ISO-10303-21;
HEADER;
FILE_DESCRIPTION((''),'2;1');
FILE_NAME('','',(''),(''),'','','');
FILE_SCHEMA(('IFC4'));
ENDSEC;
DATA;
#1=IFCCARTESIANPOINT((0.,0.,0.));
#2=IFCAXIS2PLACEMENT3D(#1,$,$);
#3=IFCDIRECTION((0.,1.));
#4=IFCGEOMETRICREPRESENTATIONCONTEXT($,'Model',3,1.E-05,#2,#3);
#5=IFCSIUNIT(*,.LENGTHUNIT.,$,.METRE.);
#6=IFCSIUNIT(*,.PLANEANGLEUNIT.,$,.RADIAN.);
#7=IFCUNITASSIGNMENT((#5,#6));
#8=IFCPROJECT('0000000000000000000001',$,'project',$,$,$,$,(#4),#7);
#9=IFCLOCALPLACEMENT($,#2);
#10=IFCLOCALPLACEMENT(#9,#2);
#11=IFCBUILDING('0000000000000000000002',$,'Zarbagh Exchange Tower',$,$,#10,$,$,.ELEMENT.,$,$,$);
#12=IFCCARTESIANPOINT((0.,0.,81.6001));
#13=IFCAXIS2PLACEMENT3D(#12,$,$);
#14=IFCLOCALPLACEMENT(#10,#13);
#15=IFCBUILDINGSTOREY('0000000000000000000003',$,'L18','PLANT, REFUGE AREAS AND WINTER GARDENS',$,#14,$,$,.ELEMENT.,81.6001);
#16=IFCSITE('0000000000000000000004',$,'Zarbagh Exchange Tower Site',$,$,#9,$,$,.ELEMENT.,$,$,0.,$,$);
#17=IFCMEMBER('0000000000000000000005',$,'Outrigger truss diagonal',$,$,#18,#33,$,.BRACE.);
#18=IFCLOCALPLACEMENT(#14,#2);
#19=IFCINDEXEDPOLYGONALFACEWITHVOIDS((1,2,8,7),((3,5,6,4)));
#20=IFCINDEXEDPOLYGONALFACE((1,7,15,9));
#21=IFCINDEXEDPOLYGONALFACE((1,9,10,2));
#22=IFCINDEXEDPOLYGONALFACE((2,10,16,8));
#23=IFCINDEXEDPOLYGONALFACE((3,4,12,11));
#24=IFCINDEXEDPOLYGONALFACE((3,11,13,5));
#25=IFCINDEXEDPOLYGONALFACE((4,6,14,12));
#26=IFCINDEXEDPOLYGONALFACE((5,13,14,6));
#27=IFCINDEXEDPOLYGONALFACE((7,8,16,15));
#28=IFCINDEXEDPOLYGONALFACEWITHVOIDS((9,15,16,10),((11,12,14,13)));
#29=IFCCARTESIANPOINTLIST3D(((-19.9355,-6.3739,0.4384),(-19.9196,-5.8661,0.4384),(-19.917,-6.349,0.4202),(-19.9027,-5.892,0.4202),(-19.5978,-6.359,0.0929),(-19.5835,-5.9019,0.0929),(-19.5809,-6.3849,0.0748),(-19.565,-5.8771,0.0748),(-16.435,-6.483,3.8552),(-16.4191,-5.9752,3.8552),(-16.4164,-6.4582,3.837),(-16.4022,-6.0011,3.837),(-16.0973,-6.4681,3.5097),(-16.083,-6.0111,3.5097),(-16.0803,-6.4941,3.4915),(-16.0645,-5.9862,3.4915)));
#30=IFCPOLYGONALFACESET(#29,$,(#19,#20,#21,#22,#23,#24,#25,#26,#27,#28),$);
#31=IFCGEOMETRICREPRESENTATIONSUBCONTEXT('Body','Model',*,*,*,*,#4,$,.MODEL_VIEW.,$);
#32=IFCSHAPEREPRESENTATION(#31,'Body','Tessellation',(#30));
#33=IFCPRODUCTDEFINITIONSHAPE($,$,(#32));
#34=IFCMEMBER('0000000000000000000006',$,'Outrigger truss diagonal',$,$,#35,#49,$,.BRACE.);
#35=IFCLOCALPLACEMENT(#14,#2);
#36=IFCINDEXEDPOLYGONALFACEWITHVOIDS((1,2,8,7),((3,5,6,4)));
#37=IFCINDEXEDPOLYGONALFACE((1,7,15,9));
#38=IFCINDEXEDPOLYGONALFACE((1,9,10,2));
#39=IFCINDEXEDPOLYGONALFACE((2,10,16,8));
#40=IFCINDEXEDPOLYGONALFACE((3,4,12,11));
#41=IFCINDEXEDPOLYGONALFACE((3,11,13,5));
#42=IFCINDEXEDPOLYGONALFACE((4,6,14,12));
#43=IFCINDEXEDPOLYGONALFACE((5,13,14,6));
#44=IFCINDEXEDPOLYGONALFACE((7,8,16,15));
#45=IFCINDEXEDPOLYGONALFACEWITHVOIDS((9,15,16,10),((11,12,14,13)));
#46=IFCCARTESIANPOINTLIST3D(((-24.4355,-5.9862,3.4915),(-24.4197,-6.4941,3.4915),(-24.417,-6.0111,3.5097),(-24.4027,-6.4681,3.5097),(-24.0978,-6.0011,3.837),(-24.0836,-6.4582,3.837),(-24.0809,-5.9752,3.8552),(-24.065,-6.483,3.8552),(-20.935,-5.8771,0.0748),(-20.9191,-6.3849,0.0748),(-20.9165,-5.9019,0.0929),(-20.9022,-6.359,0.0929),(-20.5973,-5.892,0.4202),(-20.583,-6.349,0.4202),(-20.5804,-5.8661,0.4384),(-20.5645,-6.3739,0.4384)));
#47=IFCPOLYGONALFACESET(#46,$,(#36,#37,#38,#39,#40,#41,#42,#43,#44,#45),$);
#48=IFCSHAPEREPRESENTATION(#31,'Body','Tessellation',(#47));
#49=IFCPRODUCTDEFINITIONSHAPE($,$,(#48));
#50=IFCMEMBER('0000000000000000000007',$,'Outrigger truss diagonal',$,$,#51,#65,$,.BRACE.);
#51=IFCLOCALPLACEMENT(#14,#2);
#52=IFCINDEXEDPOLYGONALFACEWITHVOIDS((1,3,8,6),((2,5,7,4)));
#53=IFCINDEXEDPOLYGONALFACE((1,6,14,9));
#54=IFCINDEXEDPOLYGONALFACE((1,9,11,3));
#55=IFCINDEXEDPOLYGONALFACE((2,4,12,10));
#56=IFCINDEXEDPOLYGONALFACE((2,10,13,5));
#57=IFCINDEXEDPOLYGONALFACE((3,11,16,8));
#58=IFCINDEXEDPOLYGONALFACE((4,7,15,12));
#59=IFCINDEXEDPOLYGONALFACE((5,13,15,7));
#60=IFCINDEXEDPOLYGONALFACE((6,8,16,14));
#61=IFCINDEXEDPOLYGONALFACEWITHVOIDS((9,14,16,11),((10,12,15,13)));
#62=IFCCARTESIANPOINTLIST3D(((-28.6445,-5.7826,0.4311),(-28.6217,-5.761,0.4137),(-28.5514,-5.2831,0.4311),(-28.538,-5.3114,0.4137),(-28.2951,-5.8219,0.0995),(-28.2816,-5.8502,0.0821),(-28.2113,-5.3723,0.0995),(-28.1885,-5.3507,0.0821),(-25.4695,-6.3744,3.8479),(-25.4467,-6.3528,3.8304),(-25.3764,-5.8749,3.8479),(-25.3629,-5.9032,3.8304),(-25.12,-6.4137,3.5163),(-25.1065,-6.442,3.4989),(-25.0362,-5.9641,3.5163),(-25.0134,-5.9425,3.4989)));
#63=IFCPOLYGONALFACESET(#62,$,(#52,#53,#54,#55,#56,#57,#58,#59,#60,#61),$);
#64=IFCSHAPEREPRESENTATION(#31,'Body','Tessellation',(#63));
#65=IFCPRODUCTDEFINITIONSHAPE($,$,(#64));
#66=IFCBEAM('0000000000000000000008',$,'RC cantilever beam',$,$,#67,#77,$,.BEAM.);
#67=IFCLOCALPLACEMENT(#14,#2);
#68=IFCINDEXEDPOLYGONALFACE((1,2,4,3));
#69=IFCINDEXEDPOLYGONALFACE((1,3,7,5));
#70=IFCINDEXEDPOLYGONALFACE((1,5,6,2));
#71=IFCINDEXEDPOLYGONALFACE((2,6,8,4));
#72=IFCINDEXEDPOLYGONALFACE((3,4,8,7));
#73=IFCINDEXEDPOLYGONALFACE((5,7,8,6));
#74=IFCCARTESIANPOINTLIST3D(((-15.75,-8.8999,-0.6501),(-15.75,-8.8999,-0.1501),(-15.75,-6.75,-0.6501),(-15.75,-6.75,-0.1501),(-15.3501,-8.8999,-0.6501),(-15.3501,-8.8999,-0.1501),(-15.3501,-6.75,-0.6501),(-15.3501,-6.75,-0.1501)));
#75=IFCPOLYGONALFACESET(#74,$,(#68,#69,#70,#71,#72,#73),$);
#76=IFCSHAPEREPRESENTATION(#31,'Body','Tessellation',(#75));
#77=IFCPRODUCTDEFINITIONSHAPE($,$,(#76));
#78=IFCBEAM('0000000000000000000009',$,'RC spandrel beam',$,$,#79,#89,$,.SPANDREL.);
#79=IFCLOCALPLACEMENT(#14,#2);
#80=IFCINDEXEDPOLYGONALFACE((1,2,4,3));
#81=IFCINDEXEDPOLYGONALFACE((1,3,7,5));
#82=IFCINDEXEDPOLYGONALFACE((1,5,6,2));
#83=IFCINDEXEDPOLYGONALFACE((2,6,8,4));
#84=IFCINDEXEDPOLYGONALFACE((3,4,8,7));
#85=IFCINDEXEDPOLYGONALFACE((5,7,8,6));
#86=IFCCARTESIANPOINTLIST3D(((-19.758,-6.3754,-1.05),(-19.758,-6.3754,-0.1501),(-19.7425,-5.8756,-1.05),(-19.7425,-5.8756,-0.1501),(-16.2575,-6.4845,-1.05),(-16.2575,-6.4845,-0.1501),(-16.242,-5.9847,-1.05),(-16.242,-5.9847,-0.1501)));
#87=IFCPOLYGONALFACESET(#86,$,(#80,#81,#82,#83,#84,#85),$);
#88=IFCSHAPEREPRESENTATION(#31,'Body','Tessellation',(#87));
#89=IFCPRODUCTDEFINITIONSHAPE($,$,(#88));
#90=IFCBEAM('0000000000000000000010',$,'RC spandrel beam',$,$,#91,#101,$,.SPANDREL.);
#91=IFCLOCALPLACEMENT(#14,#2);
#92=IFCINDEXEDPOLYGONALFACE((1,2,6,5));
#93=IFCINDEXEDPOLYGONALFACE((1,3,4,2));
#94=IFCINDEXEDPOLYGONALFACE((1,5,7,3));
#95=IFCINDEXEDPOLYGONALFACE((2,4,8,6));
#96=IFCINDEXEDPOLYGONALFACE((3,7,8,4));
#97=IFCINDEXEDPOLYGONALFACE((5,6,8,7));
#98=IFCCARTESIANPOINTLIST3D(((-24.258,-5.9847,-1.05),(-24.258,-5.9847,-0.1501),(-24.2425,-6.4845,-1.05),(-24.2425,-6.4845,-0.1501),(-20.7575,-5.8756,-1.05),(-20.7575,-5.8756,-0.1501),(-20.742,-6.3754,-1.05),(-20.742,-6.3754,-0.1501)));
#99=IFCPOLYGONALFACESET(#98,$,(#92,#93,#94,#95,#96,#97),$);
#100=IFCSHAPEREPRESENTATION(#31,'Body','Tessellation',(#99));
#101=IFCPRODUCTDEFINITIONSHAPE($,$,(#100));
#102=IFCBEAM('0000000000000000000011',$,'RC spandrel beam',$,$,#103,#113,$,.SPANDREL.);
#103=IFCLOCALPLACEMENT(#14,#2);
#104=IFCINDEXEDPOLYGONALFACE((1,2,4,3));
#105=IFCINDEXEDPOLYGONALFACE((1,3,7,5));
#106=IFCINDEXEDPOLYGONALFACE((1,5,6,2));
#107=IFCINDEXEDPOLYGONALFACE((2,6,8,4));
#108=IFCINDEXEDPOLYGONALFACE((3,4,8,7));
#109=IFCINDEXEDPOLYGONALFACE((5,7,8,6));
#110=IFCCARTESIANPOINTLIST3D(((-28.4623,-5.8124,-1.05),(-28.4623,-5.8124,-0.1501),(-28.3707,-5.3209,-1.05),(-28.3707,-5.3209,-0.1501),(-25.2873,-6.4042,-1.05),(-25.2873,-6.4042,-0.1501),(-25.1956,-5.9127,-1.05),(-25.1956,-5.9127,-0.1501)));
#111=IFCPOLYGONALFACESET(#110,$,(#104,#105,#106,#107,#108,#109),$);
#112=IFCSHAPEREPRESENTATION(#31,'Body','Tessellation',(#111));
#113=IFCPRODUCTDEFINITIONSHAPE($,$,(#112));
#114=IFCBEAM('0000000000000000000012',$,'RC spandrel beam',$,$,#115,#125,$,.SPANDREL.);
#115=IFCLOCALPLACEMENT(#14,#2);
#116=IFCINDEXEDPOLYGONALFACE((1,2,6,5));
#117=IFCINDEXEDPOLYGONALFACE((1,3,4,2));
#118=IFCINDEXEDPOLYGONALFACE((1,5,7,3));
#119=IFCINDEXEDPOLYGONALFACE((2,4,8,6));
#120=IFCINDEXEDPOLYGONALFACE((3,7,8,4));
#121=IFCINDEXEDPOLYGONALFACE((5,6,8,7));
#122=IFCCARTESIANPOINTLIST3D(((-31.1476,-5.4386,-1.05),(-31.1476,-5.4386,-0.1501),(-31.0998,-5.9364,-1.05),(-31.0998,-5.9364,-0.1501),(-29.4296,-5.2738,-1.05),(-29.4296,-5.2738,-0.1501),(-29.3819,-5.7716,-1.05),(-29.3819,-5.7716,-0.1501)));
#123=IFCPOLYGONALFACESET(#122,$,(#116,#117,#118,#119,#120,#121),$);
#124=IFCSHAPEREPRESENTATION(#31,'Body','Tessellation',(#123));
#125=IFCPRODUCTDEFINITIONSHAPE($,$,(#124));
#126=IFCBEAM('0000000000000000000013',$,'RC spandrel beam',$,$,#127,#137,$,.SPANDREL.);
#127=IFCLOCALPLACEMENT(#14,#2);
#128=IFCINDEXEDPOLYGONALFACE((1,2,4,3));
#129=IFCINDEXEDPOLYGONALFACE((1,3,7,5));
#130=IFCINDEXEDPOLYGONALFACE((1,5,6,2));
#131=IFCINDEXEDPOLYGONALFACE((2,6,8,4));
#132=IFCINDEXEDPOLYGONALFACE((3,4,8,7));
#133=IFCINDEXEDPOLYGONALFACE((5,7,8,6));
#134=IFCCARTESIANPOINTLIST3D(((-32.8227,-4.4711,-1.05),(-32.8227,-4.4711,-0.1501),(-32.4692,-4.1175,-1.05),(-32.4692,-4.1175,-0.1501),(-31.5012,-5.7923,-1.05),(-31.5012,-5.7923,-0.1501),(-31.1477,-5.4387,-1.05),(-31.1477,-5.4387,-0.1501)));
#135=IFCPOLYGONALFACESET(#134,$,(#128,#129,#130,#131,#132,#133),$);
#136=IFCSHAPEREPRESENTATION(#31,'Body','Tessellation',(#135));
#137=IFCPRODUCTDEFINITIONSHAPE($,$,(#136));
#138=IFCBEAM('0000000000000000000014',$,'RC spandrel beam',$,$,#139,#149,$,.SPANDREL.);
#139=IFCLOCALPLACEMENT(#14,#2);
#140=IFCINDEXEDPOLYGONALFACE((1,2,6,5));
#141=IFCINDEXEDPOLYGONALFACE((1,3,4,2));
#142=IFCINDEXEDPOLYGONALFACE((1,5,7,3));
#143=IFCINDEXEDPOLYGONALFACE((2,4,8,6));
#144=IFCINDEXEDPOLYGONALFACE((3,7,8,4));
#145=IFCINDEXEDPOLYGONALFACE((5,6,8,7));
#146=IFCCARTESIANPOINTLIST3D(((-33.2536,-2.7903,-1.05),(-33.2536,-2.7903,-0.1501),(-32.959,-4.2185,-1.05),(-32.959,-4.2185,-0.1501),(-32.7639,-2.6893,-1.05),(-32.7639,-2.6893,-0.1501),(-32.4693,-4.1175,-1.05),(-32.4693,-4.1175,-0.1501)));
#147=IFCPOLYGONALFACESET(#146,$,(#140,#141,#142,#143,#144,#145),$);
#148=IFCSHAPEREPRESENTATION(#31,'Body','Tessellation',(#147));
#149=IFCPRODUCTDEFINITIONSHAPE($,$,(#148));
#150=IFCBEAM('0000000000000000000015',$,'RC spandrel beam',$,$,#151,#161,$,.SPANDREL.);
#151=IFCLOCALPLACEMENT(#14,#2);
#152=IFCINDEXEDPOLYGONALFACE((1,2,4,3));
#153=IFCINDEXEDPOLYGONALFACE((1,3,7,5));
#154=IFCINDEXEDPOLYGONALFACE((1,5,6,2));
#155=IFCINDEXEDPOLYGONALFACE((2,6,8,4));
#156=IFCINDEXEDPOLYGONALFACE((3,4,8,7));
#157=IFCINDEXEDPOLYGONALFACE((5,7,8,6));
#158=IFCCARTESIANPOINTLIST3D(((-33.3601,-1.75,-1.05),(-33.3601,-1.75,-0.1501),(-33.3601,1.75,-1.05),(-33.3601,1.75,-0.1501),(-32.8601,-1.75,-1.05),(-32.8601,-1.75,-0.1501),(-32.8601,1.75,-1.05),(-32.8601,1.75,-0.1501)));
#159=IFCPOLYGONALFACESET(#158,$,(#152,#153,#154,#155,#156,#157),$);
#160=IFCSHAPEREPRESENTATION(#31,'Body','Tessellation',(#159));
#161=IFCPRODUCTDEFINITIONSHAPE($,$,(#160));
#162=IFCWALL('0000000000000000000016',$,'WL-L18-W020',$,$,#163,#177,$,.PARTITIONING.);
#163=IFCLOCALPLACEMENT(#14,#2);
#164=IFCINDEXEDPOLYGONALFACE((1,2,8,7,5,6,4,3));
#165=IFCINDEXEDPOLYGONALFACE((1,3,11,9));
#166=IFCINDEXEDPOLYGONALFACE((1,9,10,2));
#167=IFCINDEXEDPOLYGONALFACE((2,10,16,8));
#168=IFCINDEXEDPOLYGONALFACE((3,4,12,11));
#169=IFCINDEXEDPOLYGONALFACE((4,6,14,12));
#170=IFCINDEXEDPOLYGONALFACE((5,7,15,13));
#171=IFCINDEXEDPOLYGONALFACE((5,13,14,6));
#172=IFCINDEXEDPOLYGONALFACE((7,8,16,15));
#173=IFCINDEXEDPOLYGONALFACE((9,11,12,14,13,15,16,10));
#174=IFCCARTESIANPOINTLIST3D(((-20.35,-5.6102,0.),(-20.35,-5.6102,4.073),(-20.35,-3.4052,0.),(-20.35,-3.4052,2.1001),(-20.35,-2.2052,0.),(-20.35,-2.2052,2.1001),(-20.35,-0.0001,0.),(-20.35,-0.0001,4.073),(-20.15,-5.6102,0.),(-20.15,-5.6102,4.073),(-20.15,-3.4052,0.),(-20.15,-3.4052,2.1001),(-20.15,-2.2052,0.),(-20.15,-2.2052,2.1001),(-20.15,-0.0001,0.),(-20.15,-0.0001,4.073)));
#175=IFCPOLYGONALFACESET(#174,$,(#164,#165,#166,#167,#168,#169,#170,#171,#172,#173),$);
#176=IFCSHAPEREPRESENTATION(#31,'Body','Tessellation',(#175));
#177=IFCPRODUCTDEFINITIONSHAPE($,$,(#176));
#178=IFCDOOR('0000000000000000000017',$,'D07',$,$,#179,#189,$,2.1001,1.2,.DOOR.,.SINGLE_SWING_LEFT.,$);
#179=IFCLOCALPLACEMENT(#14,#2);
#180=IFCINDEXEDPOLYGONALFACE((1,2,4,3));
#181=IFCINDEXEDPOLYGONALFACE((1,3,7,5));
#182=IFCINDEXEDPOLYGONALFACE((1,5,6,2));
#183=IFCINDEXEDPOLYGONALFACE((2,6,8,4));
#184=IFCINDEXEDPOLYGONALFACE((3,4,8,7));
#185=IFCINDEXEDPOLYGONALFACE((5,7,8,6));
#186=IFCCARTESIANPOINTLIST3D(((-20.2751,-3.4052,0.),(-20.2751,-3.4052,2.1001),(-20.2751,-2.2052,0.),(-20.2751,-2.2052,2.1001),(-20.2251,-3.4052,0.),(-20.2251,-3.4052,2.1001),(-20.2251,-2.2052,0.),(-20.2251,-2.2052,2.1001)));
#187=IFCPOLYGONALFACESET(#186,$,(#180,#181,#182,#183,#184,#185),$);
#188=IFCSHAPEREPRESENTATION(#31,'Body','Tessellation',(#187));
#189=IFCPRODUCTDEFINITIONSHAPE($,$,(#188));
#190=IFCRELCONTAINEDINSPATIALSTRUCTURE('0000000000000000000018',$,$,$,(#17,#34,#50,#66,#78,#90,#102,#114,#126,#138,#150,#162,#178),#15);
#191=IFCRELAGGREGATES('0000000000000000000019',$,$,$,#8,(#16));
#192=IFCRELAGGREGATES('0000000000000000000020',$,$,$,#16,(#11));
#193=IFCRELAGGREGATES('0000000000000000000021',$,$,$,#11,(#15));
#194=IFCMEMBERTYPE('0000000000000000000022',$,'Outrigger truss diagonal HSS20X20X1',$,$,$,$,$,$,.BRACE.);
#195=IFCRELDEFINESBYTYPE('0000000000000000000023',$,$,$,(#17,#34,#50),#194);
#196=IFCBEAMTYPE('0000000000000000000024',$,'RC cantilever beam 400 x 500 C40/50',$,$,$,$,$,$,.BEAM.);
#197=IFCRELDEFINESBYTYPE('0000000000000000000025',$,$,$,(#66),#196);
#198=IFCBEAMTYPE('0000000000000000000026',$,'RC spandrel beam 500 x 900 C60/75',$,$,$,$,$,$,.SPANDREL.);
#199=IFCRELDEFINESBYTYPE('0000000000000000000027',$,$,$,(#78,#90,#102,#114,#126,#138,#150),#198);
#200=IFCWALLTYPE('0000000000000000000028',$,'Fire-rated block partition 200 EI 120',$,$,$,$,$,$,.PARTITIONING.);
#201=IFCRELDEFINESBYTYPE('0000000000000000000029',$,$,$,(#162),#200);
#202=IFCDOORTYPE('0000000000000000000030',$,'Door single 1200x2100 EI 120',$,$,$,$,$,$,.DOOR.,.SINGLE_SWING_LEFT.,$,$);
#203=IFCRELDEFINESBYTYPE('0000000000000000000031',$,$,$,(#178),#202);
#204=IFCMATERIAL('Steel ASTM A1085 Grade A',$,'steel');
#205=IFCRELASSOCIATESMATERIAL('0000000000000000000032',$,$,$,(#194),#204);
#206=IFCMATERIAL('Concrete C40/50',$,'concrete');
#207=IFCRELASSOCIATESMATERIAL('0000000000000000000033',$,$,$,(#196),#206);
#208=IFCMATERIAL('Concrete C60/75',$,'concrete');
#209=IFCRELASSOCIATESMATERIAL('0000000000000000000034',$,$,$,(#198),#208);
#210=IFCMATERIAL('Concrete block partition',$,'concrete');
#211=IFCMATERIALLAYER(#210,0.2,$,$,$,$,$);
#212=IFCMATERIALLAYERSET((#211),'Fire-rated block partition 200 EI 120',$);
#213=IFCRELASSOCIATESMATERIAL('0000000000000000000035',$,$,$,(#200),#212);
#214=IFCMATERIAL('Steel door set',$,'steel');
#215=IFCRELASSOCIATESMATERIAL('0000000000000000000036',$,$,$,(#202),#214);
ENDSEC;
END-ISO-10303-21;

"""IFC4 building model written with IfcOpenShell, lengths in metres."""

from ifc_helpers import new_model, si_unit, direction, frame, frame_2d, origin, origin_2d, place, context, subcontext, project, spatial, rectangle, hollow_rectangle, extrude, material, layer, layer_set, material_profile, profile_set, type_object, element, fill, save


model = new_model("IFC4")

# Units and contexts
model_context = context("Model", 3, precision=1e-05, world=origin(), true_north=direction((0.0, 1.0)))
body_context = subcontext(model_context, "Body", "Model", "MODEL_VIEW")
ifc_project = project(units=[si_unit("LENGTHUNIT", "METRE"), si_unit("PLANEANGLEUNIT", "RADIAN")], contexts=[model_context])

# Site, building, storey
site_placement = place(None, origin())
site = spatial("IfcSite", under=ifc_project, at=site_placement, Name="Zarbagh Exchange Tower Site", CompositionType="ELEMENT", RefElevation=0.0)
building_placement = place(site_placement, origin())
building = spatial("IfcBuilding", under=site, at=building_placement, Name="Zarbagh Exchange Tower", CompositionType="ELEMENT")
storey_placement = place(building_placement, frame((0.0, 0.0, 81.6001)))
storey = spatial("IfcBuildingStorey", under=building, at=storey_placement, Name="L18", Description="PLANT, REFUGE AREAS AND WINTER GARDENS", CompositionType="ELEMENT", Elevation=81.6001)

# Shared definitions
ifc_material_1 = material(Name="Concrete C60/75", Category="concrete")

# Members
ifc_material_2 = material(Name="Steel ASTM A1085 Grade A", Category="steel")
ifc_material_profile_1 = material_profile(ifc_material_2, hollow_rectangle(XDim=0.5081, YDim=0.5081, WallThickness=0.0254, at=origin_2d()), Name="HSS20X20X1")
ifc_profile_set_1 = profile_set([ifc_material_profile_1], Name="Steel ASTM A1085 Grade A")
member_type_1 = type_object("IfcMemberType", Name="Outrigger truss diagonal HSS20X20X1", PredefinedType="BRACE", material=ifc_profile_set_1)
for number, where, z_axis, x_axis, name in (
    (1, (-19.7502, -6.1255, 0.2566), (0.715437, -0.022304, 0.698322), (0.031161, 0.999514, 0.0), "Outrigger truss diagonal"),
    (2, (-20.7498, -6.1255, 0.2566), (-0.715437, -0.022304, 0.698322), (0.031161, -0.999514, 0.0), "Outrigger truss diagonal"),
):
    element("IfcMember", number, at=place(storey_placement, frame(where, z_axis=z_axis, x_axis=x_axis)), inside=storey, type_object=member_type_1, Name=name, PredefinedType="BRACE", context=body_context, shape_type="SweptSolid", body=[
        extrude(hollow_rectangle(XDim=0.5081, YDim=0.5081, WallThickness=0.0254, at=origin_2d()), origin(), (0.0, 0.0, 1.0), 4.8928),
    ])
member_1_placement = place(storey_placement, frame((-28.4165, -5.5667, 0.2566), z_axis=(0.675308, -0.125871, 0.726716), x_axis=(0.183234, 0.983069, 0.0)))
element("IfcMember", 3, at=member_1_placement, inside=storey, type_object=member_type_1, Name="Outrigger truss diagonal", PredefinedType="BRACE", context=body_context, shape_type="SweptSolid", body=[
    extrude(hollow_rectangle(XDim=0.5081, YDim=0.5081, WallThickness=0.0254, at=origin_2d()), origin(), (0.0, 0.0, 1.0), 4.7017),
])

# Beams
ifc_material_3 = material(Name="Concrete C40/50", Category="concrete")
ifc_material_profile_2 = material_profile(ifc_material_3, rectangle(XDim=0.3999, YDim=0.5, at=origin_2d()), Name="RC cantilever beam 400 x 500 C40/50")
ifc_profile_set_2 = profile_set([ifc_material_profile_2], Name="Concrete C40/50")
beam_type_1 = type_object("IfcBeamType", Name="RC cantilever beam 400 x 500 C40/50", PredefinedType="BEAM", material=ifc_profile_set_2)
beam_1_placement = place(storey_placement, frame((-15.55, -6.75, -0.4001), z_axis=(0.0, -1.0, 0.0), x_axis=(1.0, 0.0, 0.0)))
element("IfcBeam", 4, at=beam_1_placement, inside=storey, type_object=beam_type_1, Name="RC cantilever beam", PredefinedType="BEAM", context=body_context, shape_type="SweptSolid", body=[
    extrude(rectangle(XDim=0.3999, YDim=0.5, at=origin_2d()), origin(), (0.0, 0.0, 1.0), 2.1499),
])
ifc_material_profile_3 = material_profile(ifc_material_1, rectangle(XDim=0.5, YDim=0.8999, at=origin_2d()), Name="RC spandrel beam 500 x 900 C60/75")
ifc_profile_set_3 = profile_set([ifc_material_profile_3], Name="Concrete C60/75")
beam_type_2 = type_object("IfcBeamType", Name="RC spandrel beam 500 x 900 C60/75", PredefinedType="SPANDREL", material=ifc_profile_set_3)
for number, where, z_axis, x_axis, name in (
    (5, (-16.2498, -6.2346, -0.6001), (-0.999514, 0.031161, 0.0), (-0.031161, -0.999514, 0.0), "RC spandrel beam"),
    (6, (-20.7498, -6.1255, -0.6001), (-0.999514, -0.031161, 0.0), (0.031161, -0.999514, 0.0), "RC spandrel beam"),
):
    element("IfcBeam", number, at=place(storey_placement, frame(where, z_axis=z_axis, x_axis=x_axis)), inside=storey, type_object=beam_type_2, Name=name, PredefinedType="SPANDREL", context=body_context, shape_type="SweptSolid", body=[
        extrude(rectangle(XDim=0.5, YDim=0.8999, at=origin_2d()), origin(), (0.0, 0.0, 1.0), 3.5022),
    ])
beam_2_placement = place(storey_placement, frame((-25.2415, -6.1584, -0.6001), z_axis=(-0.983069, 0.183234, 0.0), x_axis=(-0.183234, -0.983069, 0.0)))
element("IfcBeam", 7, at=beam_2_placement, inside=storey, type_object=beam_type_2, Name="RC spandrel beam", PredefinedType="SPANDREL", context=body_context, shape_type="SweptSolid", body=[
    extrude(rectangle(XDim=0.5, YDim=0.8999, at=origin_2d()), origin(), (0.0, 0.0, 1.0), 3.2297),
])
beam_3_placement = place(storey_placement, frame((-29.4058, -5.5227, -0.6001), z_axis=(-0.995431, -0.095483, 0.0), x_axis=(0.095483, -0.995431, 0.0)))
element("IfcBeam", 8, at=beam_3_placement, inside=storey, type_object=beam_type_2, Name="RC spandrel beam", PredefinedType="SPANDREL", context=body_context, shape_type="SweptSolid", body=[
    extrude(rectangle(XDim=0.5, YDim=0.8999, at=origin_2d()), origin(), (0.0, 0.0, 1.0), 1.7258),
])
beam_4_placement = place(storey_placement, frame((-31.3245, -5.6155, -0.6001), z_axis=(-0.707172, 0.707041, 0.0), x_axis=(-0.707041, -0.707172, 0.0)))
element("IfcBeam", 9, at=beam_4_placement, inside=storey, type_object=beam_type_2, Name="RC spandrel beam", PredefinedType="SPANDREL", context=body_context, shape_type="SweptSolid", body=[
    extrude(rectangle(XDim=0.5, YDim=0.8999, at=origin_2d()), origin(), (0.0, 0.0, 1.0), 1.8687),
])
beam_5_placement = place(storey_placement, frame((-32.7141, -4.168, -0.6001), z_axis=(-0.202069, 0.979371, 0.0), x_axis=(-0.979371, -0.202069, 0.0)))
element("IfcBeam", 10, at=beam_5_placement, inside=storey, type_object=beam_type_2, Name="RC spandrel beam", PredefinedType="SPANDREL", context=body_context, shape_type="SweptSolid", body=[
    extrude(rectangle(XDim=0.5, YDim=0.8999, at=origin_2d()), origin(), (0.0, 0.0, 1.0), 1.4583),
])
beam_6_placement = place(storey_placement, frame((-33.1101, -1.75, -0.6001), z_axis=(0.0, 1.0, 0.0), x_axis=(-1.0, 0.0, 0.0)))
element("IfcBeam", 11, at=beam_6_placement, inside=storey, type_object=beam_type_2, Name="RC spandrel beam", PredefinedType="SPANDREL", context=body_context, shape_type="SweptSolid", body=[
    extrude(rectangle(XDim=0.5, YDim=0.8999, at=origin_2d()), origin(), (0.0, 0.0, 1.0), 3.5),
])

# Wall, opening, door
ifc_material_4 = material(Name="Concrete block partition", Category="concrete")
ifc_layer_1 = layer(ifc_material_4, 0.2)
ifc_layer_set_1 = layer_set([ifc_layer_1], Name="Fire-rated block partition 200 EI 120")
wall_type_1 = type_object("IfcWallType", Name="Fire-rated block partition 200 EI 120", PredefinedType="PARTITIONING", material=ifc_layer_set_1)
wall_1_placement = place(storey_placement, frame((-20.25, 0.0, 0.0), z_axis=(0.0, 0.0, 1.0), x_axis=(0.0, -1.0, 0.0)))
wall_1 = element("IfcWall", 12, at=wall_1_placement, inside=storey, type_object=wall_type_1, Name="WL-L18-W020", PredefinedType="PARTITIONING", context=body_context, shape_type="SweptSolid", body=[
    extrude(rectangle(XDim=5.6101, YDim=0.2, at=frame_2d((2.8052, 0.0))), origin(), (0.0, 0.0, 1.0), 4.073),
])
opening_1_placement = place(wall_1_placement, frame((2.2051, 0.0, 0.0)))
opening_1 = element("IfcOpeningElement", 13, at=opening_1_placement, cuts=wall_1, PredefinedType="OPENING", context=body_context, shape_type="SweptSolid", body=[
    extrude(rectangle(XDim=1.2, YDim=2.1001, at=frame_2d((0.6001, 1.05))), frame((0.0, 0.1099, 0.0), z_axis=(0.0, -1.0, 0.0), x_axis=(1.0, 0.0, 0.0)), (0.0, 0.0, 1.0), 0.22),
])
ifc_material_5 = material(Name="Steel door set", Category="steel")
door_type_1 = type_object("IfcDoorType", Name="Door single 1200x2100 EI 120", OperationType="SINGLE_SWING_LEFT", PredefinedType="DOOR", material=ifc_material_5)
door_1_placement = place(opening_1_placement, origin())
door_1 = element("IfcDoor", 14, at=door_1_placement, inside=storey, type_object=door_type_1, Name="D07", OperationType="SINGLE_SWING_LEFT", OverallHeight=2.1001, OverallWidth=1.2, PredefinedType="DOOR", context=body_context, shape_type="SweptSolid", body=[
    extrude(rectangle(XDim=1.2, YDim=2.1001, at=frame_2d((0.6001, 1.05))), frame((0.0, 0.0249, 0.0), z_axis=(0.0, -1.0, 0.0), x_axis=(1.0, 0.0, 0.0)), (0.0, 0.0, 1.0), 0.05),
])
fill(opening_1, door_1)

save(model, "model.ifc")
